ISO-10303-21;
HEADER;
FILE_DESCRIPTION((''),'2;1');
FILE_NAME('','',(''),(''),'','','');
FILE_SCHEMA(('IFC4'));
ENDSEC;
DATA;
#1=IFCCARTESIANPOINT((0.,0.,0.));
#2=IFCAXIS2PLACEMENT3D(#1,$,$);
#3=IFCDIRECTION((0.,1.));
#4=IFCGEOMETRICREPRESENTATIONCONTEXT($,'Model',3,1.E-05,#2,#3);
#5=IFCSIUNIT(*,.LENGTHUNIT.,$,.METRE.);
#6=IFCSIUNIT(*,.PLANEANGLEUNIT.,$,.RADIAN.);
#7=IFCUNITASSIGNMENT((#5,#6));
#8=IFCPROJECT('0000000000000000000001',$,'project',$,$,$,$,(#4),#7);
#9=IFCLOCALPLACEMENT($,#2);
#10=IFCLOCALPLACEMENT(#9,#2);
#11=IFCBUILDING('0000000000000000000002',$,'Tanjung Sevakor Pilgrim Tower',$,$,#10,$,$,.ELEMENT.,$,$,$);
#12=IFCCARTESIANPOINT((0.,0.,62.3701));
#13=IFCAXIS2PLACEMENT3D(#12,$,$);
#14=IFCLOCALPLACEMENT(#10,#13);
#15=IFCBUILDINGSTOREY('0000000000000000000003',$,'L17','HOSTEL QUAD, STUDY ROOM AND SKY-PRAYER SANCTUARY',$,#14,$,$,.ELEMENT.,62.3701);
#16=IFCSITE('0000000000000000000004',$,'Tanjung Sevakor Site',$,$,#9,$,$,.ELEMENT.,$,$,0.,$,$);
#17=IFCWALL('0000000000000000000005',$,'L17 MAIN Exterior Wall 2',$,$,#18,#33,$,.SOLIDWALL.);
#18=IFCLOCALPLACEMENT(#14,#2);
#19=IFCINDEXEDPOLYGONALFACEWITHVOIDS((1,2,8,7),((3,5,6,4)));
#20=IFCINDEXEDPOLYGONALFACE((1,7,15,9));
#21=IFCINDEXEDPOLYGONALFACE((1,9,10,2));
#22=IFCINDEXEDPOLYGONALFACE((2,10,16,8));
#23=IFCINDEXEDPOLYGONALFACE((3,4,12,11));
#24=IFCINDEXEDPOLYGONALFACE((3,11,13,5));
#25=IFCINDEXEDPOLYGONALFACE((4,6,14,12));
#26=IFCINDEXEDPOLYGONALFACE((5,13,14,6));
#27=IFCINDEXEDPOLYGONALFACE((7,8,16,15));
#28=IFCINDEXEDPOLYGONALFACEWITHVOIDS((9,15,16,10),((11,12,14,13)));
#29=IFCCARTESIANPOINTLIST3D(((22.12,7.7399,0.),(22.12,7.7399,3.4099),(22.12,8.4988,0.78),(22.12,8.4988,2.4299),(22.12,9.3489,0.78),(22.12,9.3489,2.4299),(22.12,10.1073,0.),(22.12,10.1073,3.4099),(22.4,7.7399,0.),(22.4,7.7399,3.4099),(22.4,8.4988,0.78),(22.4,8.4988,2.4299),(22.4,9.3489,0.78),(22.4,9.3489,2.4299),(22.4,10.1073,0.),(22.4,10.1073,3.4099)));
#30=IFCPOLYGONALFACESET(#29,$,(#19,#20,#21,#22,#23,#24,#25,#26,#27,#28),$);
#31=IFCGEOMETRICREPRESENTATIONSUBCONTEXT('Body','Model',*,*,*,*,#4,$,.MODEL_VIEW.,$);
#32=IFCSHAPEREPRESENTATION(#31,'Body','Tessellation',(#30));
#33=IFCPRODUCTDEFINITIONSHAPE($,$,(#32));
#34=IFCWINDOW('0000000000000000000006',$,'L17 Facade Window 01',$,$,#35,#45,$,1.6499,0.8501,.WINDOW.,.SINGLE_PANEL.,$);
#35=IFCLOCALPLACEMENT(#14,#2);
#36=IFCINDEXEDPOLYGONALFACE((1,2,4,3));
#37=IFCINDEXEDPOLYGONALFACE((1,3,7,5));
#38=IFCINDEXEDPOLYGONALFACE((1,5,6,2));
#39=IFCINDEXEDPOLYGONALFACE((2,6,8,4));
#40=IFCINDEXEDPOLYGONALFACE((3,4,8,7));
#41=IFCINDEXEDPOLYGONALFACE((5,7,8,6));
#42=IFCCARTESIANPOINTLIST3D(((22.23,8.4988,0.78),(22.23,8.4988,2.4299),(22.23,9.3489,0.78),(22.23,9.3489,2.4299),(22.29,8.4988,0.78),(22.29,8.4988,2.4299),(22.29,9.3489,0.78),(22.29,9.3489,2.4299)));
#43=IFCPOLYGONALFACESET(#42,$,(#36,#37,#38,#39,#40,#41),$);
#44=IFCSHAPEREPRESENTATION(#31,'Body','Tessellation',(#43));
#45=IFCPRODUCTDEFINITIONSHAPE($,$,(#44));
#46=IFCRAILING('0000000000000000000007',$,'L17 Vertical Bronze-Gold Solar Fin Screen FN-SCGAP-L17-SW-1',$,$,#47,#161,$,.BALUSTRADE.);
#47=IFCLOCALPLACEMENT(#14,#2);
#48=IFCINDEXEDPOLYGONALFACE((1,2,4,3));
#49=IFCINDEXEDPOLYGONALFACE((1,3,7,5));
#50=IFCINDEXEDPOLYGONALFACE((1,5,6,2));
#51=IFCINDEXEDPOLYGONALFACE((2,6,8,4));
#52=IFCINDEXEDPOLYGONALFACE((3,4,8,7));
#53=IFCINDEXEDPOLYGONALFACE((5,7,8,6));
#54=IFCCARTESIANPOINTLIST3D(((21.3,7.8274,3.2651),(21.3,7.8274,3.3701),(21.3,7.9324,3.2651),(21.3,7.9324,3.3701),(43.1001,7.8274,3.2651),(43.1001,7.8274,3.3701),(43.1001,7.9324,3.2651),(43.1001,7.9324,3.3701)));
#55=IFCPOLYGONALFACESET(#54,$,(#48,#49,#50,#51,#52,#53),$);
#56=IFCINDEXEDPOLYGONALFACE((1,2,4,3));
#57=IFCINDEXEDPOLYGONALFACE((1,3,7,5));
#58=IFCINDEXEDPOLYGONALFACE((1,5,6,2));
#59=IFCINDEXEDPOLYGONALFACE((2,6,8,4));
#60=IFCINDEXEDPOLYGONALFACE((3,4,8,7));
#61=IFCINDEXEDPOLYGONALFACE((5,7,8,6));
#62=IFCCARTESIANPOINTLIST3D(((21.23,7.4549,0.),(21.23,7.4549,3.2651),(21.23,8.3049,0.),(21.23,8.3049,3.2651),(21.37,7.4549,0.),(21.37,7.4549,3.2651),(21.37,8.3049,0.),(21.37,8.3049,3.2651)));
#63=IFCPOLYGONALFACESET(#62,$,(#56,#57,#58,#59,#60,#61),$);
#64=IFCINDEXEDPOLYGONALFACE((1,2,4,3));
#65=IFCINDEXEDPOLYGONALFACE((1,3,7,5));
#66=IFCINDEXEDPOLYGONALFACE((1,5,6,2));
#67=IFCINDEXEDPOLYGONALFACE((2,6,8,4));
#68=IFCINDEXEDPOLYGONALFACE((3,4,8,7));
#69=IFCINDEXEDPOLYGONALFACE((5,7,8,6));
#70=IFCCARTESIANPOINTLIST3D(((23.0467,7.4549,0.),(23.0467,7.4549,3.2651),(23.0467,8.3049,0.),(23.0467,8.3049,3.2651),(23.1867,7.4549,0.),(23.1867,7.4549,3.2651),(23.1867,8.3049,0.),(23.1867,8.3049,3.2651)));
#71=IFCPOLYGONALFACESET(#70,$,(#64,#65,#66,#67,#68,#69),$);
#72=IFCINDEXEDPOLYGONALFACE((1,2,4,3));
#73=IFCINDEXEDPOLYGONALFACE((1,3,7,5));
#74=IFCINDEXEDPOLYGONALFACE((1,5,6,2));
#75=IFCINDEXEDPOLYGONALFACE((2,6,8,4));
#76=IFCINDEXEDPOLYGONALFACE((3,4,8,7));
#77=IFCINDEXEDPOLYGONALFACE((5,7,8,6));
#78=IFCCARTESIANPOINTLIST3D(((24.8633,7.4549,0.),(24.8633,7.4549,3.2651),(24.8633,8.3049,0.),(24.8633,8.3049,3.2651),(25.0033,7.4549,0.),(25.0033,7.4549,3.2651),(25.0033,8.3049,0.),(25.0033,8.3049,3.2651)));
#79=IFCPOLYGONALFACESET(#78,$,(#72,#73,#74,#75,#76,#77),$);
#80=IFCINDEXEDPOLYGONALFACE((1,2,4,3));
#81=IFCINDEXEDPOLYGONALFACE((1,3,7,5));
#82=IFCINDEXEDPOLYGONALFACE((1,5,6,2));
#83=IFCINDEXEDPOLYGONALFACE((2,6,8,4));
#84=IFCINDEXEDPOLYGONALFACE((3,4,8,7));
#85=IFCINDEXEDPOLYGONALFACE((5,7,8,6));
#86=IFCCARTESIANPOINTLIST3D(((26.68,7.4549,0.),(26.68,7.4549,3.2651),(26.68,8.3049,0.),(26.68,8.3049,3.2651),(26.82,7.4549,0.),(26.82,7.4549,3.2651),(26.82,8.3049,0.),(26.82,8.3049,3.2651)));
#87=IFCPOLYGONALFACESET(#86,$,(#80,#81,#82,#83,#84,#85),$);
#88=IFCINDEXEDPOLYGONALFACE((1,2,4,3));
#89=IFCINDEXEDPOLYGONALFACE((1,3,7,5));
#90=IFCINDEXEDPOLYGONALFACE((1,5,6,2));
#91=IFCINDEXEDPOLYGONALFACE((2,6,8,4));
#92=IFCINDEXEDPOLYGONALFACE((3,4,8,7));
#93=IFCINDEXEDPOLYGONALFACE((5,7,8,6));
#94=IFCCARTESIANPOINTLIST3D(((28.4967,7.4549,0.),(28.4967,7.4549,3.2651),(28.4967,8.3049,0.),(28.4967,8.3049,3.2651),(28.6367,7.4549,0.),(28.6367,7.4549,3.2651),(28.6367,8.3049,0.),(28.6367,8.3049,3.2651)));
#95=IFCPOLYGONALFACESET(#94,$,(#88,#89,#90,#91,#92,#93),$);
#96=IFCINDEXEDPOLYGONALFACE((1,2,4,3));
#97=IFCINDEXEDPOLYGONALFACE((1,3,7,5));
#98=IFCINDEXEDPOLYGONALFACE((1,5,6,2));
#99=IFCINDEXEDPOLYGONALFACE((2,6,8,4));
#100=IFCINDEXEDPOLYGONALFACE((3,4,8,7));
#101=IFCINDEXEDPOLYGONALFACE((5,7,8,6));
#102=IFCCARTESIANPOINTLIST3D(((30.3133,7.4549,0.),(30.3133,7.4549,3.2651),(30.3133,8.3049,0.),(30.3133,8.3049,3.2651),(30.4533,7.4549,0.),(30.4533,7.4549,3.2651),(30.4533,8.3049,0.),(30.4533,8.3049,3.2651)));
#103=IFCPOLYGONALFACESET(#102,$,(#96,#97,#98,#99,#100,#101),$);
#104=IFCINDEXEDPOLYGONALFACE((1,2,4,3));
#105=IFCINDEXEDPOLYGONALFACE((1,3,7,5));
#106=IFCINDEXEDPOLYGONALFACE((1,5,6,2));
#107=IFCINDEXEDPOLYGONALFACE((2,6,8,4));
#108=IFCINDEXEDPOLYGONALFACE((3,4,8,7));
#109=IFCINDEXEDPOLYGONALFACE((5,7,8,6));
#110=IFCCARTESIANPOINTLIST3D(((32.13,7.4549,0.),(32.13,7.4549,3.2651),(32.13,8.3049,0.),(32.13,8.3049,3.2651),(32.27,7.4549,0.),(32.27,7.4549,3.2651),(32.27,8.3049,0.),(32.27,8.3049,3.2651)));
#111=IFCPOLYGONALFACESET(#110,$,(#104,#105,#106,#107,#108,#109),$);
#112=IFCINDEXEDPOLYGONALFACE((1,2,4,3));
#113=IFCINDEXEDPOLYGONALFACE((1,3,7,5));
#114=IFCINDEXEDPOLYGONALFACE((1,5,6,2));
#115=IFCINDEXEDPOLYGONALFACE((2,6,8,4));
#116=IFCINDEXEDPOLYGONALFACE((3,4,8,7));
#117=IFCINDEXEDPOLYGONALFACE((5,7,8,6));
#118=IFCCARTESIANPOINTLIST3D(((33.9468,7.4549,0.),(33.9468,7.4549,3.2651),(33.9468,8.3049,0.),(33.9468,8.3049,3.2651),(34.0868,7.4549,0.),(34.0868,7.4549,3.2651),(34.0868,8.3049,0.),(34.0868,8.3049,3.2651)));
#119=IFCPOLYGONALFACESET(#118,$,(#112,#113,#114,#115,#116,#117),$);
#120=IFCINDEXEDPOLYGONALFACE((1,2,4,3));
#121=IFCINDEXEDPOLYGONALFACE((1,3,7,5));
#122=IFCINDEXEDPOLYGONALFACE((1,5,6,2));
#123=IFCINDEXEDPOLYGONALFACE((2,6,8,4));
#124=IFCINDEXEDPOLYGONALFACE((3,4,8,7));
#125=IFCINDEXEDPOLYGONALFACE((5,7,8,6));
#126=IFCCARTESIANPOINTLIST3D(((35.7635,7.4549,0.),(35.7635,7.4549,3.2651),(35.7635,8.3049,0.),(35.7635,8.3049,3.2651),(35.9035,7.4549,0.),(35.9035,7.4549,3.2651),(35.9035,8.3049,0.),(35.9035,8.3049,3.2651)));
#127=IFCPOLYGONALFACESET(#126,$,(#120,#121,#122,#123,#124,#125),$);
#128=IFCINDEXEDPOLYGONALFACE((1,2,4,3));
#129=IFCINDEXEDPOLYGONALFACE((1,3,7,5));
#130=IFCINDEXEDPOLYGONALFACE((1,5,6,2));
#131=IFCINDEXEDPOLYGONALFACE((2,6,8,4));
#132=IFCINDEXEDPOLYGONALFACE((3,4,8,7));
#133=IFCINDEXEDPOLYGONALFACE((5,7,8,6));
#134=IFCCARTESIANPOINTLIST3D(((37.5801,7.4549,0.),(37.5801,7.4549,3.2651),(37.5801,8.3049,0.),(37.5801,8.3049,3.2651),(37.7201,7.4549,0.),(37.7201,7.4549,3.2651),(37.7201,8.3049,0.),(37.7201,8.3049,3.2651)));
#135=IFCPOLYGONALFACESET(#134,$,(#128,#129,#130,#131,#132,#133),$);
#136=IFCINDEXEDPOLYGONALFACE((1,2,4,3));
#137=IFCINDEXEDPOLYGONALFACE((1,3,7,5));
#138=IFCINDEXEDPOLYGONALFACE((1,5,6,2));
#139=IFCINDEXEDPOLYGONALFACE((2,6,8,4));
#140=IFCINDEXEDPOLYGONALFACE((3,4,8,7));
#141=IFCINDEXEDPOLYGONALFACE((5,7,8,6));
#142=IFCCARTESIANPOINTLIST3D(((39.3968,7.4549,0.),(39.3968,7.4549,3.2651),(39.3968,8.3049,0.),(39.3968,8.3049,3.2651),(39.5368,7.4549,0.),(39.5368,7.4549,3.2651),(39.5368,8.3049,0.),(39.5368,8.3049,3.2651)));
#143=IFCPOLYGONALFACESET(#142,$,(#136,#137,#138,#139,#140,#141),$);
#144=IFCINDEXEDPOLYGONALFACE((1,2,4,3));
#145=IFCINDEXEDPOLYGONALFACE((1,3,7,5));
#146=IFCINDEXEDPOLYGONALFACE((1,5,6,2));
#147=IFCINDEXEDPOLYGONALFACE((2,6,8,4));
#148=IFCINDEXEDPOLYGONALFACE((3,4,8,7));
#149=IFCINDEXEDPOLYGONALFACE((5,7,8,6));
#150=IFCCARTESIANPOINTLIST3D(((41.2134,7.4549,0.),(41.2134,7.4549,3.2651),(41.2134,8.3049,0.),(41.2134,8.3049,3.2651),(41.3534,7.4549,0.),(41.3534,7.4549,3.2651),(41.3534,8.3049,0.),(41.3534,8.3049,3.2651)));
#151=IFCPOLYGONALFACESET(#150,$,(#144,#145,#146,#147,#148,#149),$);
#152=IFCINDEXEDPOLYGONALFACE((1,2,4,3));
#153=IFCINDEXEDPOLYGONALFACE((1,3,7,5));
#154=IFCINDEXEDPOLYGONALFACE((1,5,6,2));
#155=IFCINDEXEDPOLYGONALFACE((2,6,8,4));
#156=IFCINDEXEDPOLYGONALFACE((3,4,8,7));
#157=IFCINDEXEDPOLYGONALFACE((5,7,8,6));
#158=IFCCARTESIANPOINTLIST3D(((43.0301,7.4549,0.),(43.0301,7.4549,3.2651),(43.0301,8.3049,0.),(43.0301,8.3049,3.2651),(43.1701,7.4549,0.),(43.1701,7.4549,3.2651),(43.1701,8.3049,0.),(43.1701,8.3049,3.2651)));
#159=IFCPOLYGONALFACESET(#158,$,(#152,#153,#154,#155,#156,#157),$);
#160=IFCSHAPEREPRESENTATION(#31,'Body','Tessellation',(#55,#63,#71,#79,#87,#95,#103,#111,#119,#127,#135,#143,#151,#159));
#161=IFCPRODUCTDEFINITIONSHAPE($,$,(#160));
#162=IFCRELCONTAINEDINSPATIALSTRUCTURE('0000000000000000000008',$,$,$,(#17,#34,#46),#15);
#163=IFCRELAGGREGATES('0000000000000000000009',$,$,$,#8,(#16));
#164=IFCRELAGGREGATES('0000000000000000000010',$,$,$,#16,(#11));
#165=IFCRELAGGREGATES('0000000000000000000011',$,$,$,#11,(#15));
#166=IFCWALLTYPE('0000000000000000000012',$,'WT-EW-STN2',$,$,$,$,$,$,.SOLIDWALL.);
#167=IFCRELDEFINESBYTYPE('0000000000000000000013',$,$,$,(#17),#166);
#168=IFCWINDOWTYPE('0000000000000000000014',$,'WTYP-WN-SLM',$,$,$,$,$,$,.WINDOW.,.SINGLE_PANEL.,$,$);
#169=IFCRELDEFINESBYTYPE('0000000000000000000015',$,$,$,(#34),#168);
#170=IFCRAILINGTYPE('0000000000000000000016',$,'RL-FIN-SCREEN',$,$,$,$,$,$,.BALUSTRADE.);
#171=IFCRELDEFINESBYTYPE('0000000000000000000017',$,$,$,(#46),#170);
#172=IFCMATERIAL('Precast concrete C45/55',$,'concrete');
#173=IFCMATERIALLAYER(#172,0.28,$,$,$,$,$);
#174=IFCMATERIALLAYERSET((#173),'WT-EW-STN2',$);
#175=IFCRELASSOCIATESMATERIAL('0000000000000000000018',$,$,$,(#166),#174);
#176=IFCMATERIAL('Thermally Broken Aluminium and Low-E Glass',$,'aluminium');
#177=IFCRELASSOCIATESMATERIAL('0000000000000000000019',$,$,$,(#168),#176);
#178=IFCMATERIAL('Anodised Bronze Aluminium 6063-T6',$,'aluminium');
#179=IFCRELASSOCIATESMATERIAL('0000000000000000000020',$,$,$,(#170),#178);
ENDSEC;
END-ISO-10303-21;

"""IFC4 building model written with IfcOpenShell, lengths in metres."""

from ifc_helpers import new_model, si_unit, direction, frame, frame_2d, origin, place, context, subcontext, project, spatial, rectangle, extrude, material, layer, layer_set, type_object, element, fill, save


model = new_model("IFC4")

# Units and contexts
model_context = context("Model", 3, precision=1e-05, world=origin(), true_north=direction((0.0, 1.0)))
body_context = subcontext(model_context, "Body", "Model", "MODEL_VIEW")
ifc_project = project(units=[si_unit("LENGTHUNIT", "METRE"), si_unit("PLANEANGLEUNIT", "RADIAN")], contexts=[model_context])

# Site, building, storey
site_placement = place(None, origin())
site = spatial("IfcSite", under=ifc_project, at=site_placement, Name="Tanjung Sevakor Site", CompositionType="ELEMENT", RefElevation=0.0)
building_placement = place(site_placement, origin())
building = spatial("IfcBuilding", under=site, at=building_placement, Name="Tanjung Sevakor Pilgrim Tower", CompositionType="ELEMENT")
storey_placement = place(building_placement, frame((0.0, 0.0, 62.3701)))
storey = spatial("IfcBuildingStorey", under=building, at=storey_placement, Name="L17", Description="HOSTEL QUAD, STUDY ROOM AND SKY-PRAYER SANCTUARY", CompositionType="ELEMENT", Elevation=62.3701)

# Wall, opening, window
ifc_material_1 = material(Name="Precast concrete C45/55", Category="concrete")
ifc_layer_1 = layer(ifc_material_1, 0.28)
ifc_layer_set_1 = layer_set([ifc_layer_1], Name="WT-EW-STN2")
wall_type_1 = type_object("IfcWallType", Name="WT-EW-STN2", PredefinedType="SOLIDWALL", material=ifc_layer_set_1)
wall_1_placement = place(storey_placement, frame((22.26, 7.74, 0.0), z_axis=(0.0, 0.0, 1.0), x_axis=(0.0, 1.0, 0.0)))
wall_1 = element("IfcWall", 1, at=wall_1_placement, inside=storey, type_object=wall_type_1, Name="L17 MAIN Exterior Wall 2", PredefinedType="SOLIDWALL", context=body_context, shape_type="SweptSolid", body=[
    extrude(rectangle(XDim=2.3674, YDim=0.28, at=frame_2d((1.1836, 0.0))), origin(), (0.0, 0.0, 1.0), 3.4099),
])
opening_placement = place(wall_1_placement, frame((0.7588, 0.0, 0.78)))
opening = element("IfcOpeningElement", 2, at=opening_placement, cuts=wall_1, PredefinedType="OPENING", context=body_context, shape_type="SweptSolid", body=[
    extrude(rectangle(XDim=0.8501, YDim=1.6499, at=frame_2d((0.425, 0.825))), frame((0.0, 0.1499, 0.0), z_axis=(0.0, -1.0, 0.0), x_axis=(1.0, 0.0, 0.0)), (0.0, 0.0, 1.0), 0.3),
])
ifc_material_2 = material(Name="Thermally Broken Aluminium and Low-E Glass", Category="aluminium")
window_type = type_object("IfcWindowType", Name="WTYP-WN-SLM", PartitioningType="SINGLE_PANEL", PredefinedType="WINDOW", material=ifc_material_2)
window_placement = place(opening_placement, origin())
window = element("IfcWindow", 3, at=window_placement, inside=storey, type_object=window_type, Name="L17 Facade Window 01", OverallHeight=1.6499, OverallWidth=0.8501, PartitioningType="SINGLE_PANEL", PredefinedType="WINDOW", context=body_context, shape_type="SweptSolid", body=[
    extrude(rectangle(XDim=0.8501, YDim=1.6499, at=frame_2d((0.425, 0.825))), frame((0.0, 0.03, 0.0), z_axis=(0.0, -1.0, 0.0), x_axis=(1.0, 0.0, 0.0)), (0.0, 0.0, 1.0), 0.0601),
])
fill(opening, window)

# Railing
ifc_material_3 = material(Name="Anodised Bronze Aluminium 6063-T6", Category="aluminium")
railing_type = type_object("IfcRailingType", Name="RL-FIN-SCREEN", PredefinedType="BALUSTRADE", material=ifc_material_3)
railing_placement = place(storey_placement, frame((21.3, 7.8799, 0.0)))
element("IfcRailing", 4, at=railing_placement, inside=storey, type_object=railing_type, Name="L17 Vertical Bronze-Gold Solar Fin Screen FN-SCGAP-L17-SW-1", PredefinedType="BALUSTRADE", context=body_context, shape_type="SweptSolid", body=[
    extrude(rectangle(XDim=0.105, YDim=0.105), frame((0.0, 0.0, 3.3176), z_axis=(1.0, 0.0, 0.0), x_axis=(0.0, 1.0, 0.0)), (0.0, 0.0, 1.0), 21.8),
    extrude(rectangle(XDim=0.14, YDim=0.85), origin(), (0.0, 0.0, 1.0), 3.2651),
    extrude(rectangle(XDim=0.14, YDim=0.85), frame((1.8167, 0.0, 0.0)), (0.0, 0.0, 1.0), 3.2651),
    extrude(rectangle(XDim=0.14, YDim=0.85), frame((3.6333, 0.0, 0.0)), (0.0, 0.0, 1.0), 3.2651),
    extrude(rectangle(XDim=0.14, YDim=0.85), frame((5.45, 0.0, 0.0)), (0.0, 0.0, 1.0), 3.2651),
    extrude(rectangle(XDim=0.14, YDim=0.85), frame((7.2666, 0.0, 0.0)), (0.0, 0.0, 1.0), 3.2651),
    extrude(rectangle(XDim=0.14, YDim=0.85), frame((9.0833, 0.0, 0.0)), (0.0, 0.0, 1.0), 3.2651),
    extrude(rectangle(XDim=0.14, YDim=0.85), frame((10.8999, 0.0, 0.0)), (0.0, 0.0, 1.0), 3.2651),
    extrude(rectangle(XDim=0.14, YDim=0.85), frame((12.7168, 0.0, 0.0)), (0.0, 0.0, 1.0), 3.2651),
    extrude(rectangle(XDim=0.14, YDim=0.85), frame((14.5334, 0.0, 0.0)), (0.0, 0.0, 1.0), 3.2651),
    extrude(rectangle(XDim=0.14, YDim=0.85), frame((16.3501, 0.0, 0.0)), (0.0, 0.0, 1.0), 3.2651),
    extrude(rectangle(XDim=0.14, YDim=0.85), frame((18.1667, 0.0, 0.0)), (0.0, 0.0, 1.0), 3.2651),
    extrude(rectangle(XDim=0.14, YDim=0.85), frame((19.9834, 0.0, 0.0)), (0.0, 0.0, 1.0), 3.2651),
    extrude(rectangle(XDim=0.14, YDim=0.85), frame((21.8, 0.0, 0.0)), (0.0, 0.0, 1.0), 3.2651),
])

save(model, "model.ifc")
